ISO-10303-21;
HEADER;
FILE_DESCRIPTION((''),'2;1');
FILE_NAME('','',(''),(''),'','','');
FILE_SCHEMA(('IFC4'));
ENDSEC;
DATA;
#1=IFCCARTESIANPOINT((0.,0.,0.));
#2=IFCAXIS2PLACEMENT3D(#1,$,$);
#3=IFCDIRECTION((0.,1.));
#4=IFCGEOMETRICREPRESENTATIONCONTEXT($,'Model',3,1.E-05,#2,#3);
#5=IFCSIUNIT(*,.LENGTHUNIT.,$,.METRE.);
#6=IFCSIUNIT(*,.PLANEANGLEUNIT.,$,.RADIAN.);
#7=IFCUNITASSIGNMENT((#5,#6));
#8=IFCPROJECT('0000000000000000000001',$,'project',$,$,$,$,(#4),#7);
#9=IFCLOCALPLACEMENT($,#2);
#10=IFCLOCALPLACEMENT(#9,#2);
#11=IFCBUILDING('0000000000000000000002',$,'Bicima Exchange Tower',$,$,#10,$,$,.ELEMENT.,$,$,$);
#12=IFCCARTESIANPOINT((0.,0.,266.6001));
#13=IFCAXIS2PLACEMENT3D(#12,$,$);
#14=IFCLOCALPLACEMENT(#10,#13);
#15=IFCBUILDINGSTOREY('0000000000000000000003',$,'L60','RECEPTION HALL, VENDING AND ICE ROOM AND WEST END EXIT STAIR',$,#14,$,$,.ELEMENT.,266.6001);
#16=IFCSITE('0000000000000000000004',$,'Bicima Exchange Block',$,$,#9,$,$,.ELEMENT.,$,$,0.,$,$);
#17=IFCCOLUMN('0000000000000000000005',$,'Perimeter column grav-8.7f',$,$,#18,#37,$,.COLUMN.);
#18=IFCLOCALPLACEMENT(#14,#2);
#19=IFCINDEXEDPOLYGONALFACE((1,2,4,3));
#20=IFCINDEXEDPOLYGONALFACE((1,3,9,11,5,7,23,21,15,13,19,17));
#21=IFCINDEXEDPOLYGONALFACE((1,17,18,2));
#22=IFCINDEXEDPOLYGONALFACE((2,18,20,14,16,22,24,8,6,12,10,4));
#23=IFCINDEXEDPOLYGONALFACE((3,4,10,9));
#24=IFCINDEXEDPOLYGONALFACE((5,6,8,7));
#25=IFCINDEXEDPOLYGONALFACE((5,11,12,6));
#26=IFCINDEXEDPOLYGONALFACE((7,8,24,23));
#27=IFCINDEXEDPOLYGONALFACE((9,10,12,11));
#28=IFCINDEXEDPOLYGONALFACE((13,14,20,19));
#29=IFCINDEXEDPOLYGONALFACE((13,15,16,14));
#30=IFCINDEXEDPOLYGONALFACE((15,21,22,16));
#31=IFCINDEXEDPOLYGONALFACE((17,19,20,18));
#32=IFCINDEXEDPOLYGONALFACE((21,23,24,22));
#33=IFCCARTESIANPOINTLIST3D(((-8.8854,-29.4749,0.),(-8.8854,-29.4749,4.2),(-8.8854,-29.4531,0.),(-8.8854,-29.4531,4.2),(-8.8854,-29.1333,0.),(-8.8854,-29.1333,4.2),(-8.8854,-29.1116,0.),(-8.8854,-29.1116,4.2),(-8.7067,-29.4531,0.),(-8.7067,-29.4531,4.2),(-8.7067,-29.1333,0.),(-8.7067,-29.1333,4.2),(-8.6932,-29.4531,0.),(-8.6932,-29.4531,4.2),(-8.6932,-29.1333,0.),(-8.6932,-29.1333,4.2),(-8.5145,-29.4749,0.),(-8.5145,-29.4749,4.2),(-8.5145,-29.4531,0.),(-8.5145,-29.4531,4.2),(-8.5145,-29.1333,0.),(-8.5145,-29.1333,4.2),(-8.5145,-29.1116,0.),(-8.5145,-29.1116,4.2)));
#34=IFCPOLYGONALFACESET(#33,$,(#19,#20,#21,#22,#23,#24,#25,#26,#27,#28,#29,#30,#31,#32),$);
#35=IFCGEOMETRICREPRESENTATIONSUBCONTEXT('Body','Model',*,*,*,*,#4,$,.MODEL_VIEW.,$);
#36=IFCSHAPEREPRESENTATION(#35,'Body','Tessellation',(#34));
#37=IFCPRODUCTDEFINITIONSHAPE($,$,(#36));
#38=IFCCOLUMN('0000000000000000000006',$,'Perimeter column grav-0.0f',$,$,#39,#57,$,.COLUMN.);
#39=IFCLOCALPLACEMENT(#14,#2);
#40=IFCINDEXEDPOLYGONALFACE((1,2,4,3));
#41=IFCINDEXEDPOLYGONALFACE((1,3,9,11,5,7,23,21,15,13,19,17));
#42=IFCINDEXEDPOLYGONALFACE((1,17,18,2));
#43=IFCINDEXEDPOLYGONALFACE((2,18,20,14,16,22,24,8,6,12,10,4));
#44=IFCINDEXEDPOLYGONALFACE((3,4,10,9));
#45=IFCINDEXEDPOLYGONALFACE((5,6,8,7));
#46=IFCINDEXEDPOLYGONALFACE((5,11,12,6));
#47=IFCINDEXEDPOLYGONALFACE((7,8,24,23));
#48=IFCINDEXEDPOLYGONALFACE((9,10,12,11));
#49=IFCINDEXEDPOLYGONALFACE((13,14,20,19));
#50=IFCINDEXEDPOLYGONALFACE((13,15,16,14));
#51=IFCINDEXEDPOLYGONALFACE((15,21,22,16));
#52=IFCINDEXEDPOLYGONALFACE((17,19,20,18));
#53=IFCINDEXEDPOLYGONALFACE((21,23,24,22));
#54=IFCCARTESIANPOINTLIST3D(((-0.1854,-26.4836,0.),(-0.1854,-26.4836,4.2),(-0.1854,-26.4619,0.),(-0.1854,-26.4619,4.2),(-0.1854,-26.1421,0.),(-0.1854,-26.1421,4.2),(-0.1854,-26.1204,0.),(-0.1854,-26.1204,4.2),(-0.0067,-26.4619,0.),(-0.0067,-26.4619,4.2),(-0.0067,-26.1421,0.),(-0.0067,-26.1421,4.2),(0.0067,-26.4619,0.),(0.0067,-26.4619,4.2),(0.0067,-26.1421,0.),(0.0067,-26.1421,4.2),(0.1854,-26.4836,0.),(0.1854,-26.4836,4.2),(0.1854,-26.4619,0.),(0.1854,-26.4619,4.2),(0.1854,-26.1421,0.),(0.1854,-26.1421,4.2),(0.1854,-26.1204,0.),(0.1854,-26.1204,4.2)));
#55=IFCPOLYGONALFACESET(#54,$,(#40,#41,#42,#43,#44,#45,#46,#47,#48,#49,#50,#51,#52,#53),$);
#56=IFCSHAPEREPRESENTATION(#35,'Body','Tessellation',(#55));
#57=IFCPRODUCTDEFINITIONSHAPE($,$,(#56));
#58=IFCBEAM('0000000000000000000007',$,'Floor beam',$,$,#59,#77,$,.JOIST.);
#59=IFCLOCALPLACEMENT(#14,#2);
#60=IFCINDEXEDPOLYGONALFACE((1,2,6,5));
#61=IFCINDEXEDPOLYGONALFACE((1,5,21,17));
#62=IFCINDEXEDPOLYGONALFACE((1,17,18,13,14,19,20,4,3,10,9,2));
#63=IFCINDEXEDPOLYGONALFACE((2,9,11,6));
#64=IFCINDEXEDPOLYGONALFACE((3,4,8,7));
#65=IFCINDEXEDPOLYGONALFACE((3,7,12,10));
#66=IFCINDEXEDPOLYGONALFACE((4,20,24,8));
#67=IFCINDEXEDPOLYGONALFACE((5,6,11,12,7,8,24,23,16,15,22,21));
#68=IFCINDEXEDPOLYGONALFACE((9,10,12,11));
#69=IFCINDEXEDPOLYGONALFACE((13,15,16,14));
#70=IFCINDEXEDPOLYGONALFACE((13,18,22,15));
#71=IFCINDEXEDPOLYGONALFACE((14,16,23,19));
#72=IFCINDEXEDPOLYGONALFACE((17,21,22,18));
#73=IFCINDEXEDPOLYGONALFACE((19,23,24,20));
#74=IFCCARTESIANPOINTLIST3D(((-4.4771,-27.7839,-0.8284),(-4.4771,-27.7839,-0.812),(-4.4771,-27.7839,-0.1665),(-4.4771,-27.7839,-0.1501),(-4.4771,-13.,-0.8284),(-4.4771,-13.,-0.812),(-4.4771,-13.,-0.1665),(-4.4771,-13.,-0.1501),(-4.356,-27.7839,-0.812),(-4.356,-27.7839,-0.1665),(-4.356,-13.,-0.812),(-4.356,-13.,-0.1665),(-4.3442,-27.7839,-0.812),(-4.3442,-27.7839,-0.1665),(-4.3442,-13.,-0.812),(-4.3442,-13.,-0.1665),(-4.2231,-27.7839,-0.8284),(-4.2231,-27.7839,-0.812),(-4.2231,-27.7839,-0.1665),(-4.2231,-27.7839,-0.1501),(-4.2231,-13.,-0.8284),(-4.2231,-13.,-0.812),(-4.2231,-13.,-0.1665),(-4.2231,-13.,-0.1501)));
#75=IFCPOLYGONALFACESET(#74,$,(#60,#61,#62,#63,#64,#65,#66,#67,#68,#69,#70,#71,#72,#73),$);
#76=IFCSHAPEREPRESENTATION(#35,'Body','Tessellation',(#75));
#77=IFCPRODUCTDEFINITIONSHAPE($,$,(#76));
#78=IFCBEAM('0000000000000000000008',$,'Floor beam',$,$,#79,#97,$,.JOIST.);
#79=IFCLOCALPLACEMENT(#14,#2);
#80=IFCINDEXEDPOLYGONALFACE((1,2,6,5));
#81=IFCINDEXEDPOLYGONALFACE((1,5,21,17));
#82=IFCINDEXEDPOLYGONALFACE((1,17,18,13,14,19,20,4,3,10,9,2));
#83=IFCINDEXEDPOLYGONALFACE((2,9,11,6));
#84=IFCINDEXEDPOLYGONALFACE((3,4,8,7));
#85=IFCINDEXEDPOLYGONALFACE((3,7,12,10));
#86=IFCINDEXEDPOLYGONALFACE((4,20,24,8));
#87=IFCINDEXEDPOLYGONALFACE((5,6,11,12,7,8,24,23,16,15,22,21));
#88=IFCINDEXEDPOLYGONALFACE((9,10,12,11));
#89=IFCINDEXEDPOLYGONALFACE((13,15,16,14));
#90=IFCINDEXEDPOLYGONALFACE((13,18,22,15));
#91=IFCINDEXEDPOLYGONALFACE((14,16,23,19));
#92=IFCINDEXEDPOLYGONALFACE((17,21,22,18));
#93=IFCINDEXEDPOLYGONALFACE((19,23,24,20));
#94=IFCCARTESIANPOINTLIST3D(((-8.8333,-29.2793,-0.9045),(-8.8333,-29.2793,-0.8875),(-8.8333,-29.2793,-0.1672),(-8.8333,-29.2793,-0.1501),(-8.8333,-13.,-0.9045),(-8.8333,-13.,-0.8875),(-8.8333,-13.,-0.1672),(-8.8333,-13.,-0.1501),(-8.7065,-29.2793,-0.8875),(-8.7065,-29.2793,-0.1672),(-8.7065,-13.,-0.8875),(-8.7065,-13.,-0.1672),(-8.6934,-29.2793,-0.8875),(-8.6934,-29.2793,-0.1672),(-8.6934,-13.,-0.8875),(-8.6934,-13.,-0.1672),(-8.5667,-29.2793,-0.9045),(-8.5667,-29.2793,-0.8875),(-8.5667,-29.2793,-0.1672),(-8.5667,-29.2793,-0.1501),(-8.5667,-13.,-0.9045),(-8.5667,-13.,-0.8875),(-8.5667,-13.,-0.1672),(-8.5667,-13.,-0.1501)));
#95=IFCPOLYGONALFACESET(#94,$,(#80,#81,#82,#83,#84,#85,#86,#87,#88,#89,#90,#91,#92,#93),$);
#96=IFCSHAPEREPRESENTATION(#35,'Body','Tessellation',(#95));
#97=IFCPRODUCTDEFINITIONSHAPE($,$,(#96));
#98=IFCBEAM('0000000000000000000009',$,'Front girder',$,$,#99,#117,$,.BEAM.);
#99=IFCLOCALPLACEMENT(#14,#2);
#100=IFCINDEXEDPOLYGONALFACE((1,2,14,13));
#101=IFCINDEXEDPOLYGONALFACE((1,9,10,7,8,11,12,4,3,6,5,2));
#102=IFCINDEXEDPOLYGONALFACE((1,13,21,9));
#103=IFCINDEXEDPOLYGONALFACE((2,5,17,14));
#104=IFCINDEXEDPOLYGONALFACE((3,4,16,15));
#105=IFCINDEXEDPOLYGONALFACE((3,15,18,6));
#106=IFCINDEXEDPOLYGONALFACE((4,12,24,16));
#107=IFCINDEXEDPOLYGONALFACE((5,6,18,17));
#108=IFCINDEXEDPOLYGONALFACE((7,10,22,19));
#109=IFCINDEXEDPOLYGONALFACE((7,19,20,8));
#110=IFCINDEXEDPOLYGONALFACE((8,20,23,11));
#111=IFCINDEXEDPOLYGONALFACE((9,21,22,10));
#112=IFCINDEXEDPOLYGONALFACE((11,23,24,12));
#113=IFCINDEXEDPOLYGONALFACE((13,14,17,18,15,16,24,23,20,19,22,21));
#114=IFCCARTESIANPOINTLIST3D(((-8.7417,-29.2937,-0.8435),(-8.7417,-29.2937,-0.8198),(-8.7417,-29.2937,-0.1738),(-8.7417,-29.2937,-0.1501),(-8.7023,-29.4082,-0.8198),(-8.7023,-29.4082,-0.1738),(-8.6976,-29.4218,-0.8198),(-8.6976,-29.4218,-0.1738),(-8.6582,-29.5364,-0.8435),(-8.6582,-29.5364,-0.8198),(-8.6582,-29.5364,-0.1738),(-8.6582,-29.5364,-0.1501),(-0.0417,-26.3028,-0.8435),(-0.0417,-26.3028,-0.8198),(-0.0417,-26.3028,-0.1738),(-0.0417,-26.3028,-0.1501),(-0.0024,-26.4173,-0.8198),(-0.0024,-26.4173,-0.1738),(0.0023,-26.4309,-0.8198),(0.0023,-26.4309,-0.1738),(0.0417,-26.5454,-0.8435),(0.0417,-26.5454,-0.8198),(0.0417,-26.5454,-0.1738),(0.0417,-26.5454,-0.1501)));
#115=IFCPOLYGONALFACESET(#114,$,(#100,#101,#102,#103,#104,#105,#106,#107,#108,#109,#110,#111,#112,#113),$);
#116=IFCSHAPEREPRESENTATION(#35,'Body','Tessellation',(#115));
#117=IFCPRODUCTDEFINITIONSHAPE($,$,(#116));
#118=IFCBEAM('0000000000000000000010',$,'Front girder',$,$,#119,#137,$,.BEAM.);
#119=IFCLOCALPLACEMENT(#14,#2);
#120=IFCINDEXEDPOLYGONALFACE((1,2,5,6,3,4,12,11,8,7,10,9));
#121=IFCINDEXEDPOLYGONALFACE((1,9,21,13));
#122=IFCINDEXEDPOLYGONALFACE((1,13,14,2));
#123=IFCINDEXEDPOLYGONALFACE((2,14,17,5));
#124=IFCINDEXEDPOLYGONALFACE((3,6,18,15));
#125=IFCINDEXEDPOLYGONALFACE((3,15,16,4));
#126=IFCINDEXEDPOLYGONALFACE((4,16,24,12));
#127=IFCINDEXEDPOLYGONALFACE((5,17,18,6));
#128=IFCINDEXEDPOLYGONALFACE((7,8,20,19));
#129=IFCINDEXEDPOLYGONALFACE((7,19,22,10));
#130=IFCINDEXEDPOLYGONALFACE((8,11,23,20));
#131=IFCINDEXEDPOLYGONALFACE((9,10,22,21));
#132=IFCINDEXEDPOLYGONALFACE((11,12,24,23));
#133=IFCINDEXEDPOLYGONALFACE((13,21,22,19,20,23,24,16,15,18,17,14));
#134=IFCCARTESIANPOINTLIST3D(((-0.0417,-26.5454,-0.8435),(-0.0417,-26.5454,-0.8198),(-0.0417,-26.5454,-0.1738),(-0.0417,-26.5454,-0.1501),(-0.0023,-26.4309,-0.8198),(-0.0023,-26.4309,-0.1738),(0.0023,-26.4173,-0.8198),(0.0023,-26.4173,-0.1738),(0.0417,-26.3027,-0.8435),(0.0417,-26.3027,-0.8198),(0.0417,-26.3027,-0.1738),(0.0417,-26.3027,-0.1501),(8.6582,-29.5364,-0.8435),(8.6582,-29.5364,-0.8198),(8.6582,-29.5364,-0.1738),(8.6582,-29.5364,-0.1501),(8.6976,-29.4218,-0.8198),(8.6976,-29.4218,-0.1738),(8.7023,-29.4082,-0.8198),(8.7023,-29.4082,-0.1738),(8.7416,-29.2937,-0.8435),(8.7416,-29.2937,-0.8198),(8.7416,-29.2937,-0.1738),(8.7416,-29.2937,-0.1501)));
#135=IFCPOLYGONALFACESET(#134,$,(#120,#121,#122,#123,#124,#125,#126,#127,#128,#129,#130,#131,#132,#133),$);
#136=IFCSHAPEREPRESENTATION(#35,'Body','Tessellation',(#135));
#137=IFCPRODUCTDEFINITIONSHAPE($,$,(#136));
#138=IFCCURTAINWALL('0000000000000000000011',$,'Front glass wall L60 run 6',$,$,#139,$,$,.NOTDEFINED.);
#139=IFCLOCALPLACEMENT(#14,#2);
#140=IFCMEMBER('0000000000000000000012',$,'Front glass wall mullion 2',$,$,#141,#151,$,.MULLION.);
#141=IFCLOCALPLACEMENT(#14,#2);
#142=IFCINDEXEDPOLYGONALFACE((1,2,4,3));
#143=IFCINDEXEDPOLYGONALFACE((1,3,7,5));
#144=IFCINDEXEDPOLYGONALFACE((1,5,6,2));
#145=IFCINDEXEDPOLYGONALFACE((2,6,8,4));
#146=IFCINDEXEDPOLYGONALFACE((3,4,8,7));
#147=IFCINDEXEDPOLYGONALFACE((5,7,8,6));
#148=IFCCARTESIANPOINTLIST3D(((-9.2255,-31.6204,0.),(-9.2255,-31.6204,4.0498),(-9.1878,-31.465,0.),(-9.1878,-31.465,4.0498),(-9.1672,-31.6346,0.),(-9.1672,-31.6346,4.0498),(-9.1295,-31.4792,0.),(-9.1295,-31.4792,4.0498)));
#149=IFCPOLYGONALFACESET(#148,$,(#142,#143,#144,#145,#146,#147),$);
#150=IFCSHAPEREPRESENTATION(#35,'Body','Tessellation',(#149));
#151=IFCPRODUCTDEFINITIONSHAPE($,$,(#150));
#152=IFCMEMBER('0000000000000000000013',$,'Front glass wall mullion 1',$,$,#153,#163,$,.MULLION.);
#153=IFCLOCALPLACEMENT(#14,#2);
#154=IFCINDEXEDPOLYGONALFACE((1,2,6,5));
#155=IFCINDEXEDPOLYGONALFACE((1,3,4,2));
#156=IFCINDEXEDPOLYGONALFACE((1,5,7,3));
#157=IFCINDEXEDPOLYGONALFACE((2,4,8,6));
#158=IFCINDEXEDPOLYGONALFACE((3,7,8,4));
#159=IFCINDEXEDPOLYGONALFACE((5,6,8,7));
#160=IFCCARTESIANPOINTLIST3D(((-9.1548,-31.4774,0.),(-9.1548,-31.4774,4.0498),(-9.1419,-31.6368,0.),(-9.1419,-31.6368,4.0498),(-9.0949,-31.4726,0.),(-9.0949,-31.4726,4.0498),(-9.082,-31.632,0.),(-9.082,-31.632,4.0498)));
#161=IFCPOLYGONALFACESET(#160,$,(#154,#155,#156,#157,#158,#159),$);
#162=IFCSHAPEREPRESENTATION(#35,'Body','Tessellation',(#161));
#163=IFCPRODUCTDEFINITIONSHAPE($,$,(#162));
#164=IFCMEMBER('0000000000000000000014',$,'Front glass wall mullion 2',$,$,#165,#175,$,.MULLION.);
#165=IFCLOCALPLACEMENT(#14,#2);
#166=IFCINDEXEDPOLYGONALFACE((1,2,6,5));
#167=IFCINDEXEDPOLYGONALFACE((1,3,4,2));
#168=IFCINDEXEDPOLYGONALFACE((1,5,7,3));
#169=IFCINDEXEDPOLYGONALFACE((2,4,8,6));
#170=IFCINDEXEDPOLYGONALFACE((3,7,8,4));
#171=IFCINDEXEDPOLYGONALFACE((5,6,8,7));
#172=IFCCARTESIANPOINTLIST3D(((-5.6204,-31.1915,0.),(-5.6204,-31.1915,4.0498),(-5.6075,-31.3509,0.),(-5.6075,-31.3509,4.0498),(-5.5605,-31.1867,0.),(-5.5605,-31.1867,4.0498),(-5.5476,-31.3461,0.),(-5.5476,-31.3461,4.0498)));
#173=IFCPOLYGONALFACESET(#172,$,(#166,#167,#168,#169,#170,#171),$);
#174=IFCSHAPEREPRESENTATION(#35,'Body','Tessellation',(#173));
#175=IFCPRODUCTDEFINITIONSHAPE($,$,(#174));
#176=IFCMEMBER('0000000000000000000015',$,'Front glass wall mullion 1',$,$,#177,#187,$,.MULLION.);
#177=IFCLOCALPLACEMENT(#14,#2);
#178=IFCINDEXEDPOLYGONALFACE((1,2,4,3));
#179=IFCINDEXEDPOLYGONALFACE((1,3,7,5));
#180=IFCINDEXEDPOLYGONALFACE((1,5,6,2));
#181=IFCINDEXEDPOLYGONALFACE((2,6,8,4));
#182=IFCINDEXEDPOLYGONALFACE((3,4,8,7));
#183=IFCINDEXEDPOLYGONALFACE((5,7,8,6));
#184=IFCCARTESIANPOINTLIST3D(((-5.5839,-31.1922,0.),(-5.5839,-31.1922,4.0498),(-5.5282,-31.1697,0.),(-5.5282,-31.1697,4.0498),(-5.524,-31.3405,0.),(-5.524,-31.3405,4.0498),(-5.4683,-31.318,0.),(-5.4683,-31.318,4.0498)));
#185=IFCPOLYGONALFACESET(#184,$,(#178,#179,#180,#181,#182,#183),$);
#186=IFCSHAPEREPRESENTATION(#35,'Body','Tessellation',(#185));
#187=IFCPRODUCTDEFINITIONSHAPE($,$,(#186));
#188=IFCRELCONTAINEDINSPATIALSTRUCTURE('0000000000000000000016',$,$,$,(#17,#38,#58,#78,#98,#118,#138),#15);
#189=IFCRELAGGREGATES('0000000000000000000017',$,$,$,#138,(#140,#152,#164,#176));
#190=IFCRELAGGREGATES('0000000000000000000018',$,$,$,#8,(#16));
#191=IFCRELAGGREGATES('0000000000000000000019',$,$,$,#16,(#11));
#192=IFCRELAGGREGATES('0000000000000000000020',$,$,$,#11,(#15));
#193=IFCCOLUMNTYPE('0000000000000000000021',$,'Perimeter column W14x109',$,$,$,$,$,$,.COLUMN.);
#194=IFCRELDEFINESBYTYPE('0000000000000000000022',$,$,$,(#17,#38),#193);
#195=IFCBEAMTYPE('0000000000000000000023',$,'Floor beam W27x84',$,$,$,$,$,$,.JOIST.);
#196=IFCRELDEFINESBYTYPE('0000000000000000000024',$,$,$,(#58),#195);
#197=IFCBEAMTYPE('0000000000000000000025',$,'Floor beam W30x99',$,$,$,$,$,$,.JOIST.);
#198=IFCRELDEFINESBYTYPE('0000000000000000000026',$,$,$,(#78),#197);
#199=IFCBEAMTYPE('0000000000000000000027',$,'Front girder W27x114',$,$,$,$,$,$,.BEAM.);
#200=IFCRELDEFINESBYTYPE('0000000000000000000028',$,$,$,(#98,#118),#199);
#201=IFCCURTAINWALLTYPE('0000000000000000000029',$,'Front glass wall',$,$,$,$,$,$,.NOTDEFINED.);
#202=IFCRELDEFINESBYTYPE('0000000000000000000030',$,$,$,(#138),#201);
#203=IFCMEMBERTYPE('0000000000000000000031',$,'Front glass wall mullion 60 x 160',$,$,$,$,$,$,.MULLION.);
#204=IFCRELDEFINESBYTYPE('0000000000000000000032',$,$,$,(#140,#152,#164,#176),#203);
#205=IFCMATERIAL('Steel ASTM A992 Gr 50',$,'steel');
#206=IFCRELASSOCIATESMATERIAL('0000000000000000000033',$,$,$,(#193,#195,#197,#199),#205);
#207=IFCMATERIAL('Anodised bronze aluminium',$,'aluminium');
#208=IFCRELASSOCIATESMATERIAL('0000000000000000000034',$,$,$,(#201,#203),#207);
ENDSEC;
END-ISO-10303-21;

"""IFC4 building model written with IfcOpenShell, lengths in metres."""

from ifc_helpers import new_model, si_unit, direction, frame, origin, origin_2d, place, context, subcontext, project, spatial, rectangle, i_section, extrude, material, material_profile, profile_set, type_object, element, aggregate, save


model = new_model("IFC4")

# Units and contexts
model_context = context("Model", 3, precision=1e-05, world=origin(), true_north=direction((0.0, 1.0)))
body_context = subcontext(model_context, "Body", "Model", "MODEL_VIEW")
ifc_project = project(units=[si_unit("LENGTHUNIT", "METRE"), si_unit("PLANEANGLEUNIT", "RADIAN")], contexts=[model_context])

# Site, building, storey
site_placement = place(None, origin())
site = spatial("IfcSite", under=ifc_project, at=site_placement, Name="Bicima Exchange Block", CompositionType="ELEMENT", RefElevation=0.0)
building_placement = place(site_placement, origin())
building = spatial("IfcBuilding", under=site, at=building_placement, Name="Bicima Exchange Tower", CompositionType="ELEMENT")
storey_placement = place(building_placement, frame((0.0, 0.0, 266.6001)))
storey = spatial("IfcBuildingStorey", under=building, at=storey_placement, Name="L60", Description="RECEPTION HALL, VENDING AND ICE ROOM AND WEST END EXIT STAIR", CompositionType="ELEMENT", Elevation=266.6001)

# Columns
ifc_material_1 = material(Name="Steel ASTM A992 Gr 50", Category="steel")
ifc_material_profile_1 = material_profile(ifc_material_1, i_section(OverallWidth=0.3708, OverallDepth=0.3633, WebThickness=0.0134, FlangeThickness=0.0217, at=origin_2d()))
ifc_profile_set_1 = profile_set([ifc_material_profile_1], Name="Steel ASTM A992 Gr 50")
column_type = type_object("IfcColumnType", Name="Perimeter column W14x109", PredefinedType="COLUMN", material=ifc_profile_set_1)
for number, where, z_axis, x_axis, name in (
    (1, (-8.7, -29.2932, 0.0), (0.0, 0.0, 1.0), (1.0, 0.0, 0.0), "Perimeter column grav-8.7f"),
    (2, (0.0, -26.302, 0.0), (0.0, 0.0, 1.0), (1.0, 0.0, 0.0), "Perimeter column grav-0.0f"),
):
    element("IfcColumn", number, at=place(storey_placement, frame(where, z_axis=z_axis, x_axis=x_axis)), inside=storey, type_object=column_type, Name=name, PredefinedType="COLUMN", context=body_context, shape_type="SweptSolid", body=[
        extrude(i_section(OverallWidth=0.3708, OverallDepth=0.3633, WebThickness=0.0134, FlangeThickness=0.0217, at=origin_2d()), origin(), (0.0, 0.0, 1.0), 4.2),
    ])

# Beams
ifc_material_profile_2 = material_profile(ifc_material_1, i_section(OverallWidth=0.2539, OverallDepth=0.6782, WebThickness=0.0117, FlangeThickness=0.0164, at=origin_2d()))
ifc_profile_set_2 = profile_set([ifc_material_profile_2], Name="Steel ASTM A992 Gr 50")
beam_type_1 = type_object("IfcBeamType", Name="Floor beam W27x84", PredefinedType="JOIST", material=ifc_profile_set_2)
beam_1_placement = place(storey_placement, frame((-4.3501, -13.0, -0.4893), z_axis=(0.0, -1.0, 0.0), x_axis=(1.0, 0.0, 0.0)))
element("IfcBeam", 3, at=beam_1_placement, inside=storey, type_object=beam_type_1, Name="Floor beam", PredefinedType="JOIST", context=body_context, shape_type="SweptSolid", body=[
    extrude(i_section(OverallWidth=0.2539, OverallDepth=0.6782, WebThickness=0.0117, FlangeThickness=0.0164, at=origin_2d()), origin(), (0.0, 0.0, 1.0), 14.7839),
])
ifc_material_profile_3 = material_profile(ifc_material_1, i_section(OverallWidth=0.2666, OverallDepth=0.7544, WebThickness=0.0132, FlangeThickness=0.0171, at=origin_2d()))
ifc_profile_set_3 = profile_set([ifc_material_profile_3], Name="Steel ASTM A992 Gr 50")
beam_type_2 = type_object("IfcBeamType", Name="Floor beam W30x99", PredefinedType="JOIST", material=ifc_profile_set_3)
beam_2_placement = place(storey_placement, frame((-8.7, -13.0, -0.5273), z_axis=(0.0, -1.0, 0.0), x_axis=(1.0, 0.0, 0.0)))
element("IfcBeam", 4, at=beam_2_placement, inside=storey, type_object=beam_type_2, Name="Floor beam", PredefinedType="JOIST", context=body_context, shape_type="SweptSolid", body=[
    extrude(i_section(OverallWidth=0.2666, OverallDepth=0.7544, WebThickness=0.0132, FlangeThickness=0.0171, at=origin_2d()), origin(), (0.0, 0.0, 1.0), 16.2793),
])
ifc_material_profile_4 = material_profile(ifc_material_1, i_section(OverallWidth=0.2566, OverallDepth=0.6934, WebThickness=0.0144, FlangeThickness=0.0237, at=origin_2d()))
ifc_profile_set_4 = profile_set([ifc_material_profile_4], Name="Steel ASTM A992 Gr 50")
beam_type_3 = type_object("IfcBeamType", Name="Front girder W27x114", PredefinedType="BEAM", material=ifc_profile_set_4)
for number, where, z_axis, x_axis, name in (
    (5, (-8.7, -29.415, -0.4968), (0.945675, 0.325115, 0.0), (-0.325115, 0.945675, 0.0), "Front girder"),
    (6, (0.0, -26.4241, -0.4968), (0.945675, -0.325115, 0.0), (0.325115, 0.945675, 0.0), "Front girder"),
):
    element("IfcBeam", number, at=place(storey_placement, frame(where, z_axis=z_axis, x_axis=x_axis)), inside=storey, type_object=beam_type_3, Name=name, PredefinedType="BEAM", context=body_context, shape_type="SweptSolid", body=[
        extrude(i_section(OverallWidth=0.2566, OverallDepth=0.6934, WebThickness=0.0144, FlangeThickness=0.0237, at=origin_2d()), origin(), (0.0, 0.0, 1.0), 9.1997),
    ])

# Curtain wall, members
ifc_material_2 = material(Name="Anodised bronze aluminium", Category="aluminium")
curtain_wall_type = type_object("IfcCurtainWallType", Name="Front glass wall", PredefinedType="NOTDEFINED", material=ifc_material_2)
curtain_wall_placement = place(storey_placement, origin())
curtain_wall = element("IfcCurtainWall", 7, at=curtain_wall_placement, inside=storey, type_object=curtain_wall_type, Name="Front glass wall L60 run 6", PredefinedType="NOTDEFINED")
ifc_material_profile_5 = material_profile(ifc_material_2, rectangle(XDim=0.1599, YDim=0.0601, at=origin_2d()))
ifc_profile_set_5 = profile_set([ifc_material_profile_5], Name="Anodised bronze aluminium")
member_type_1 = type_object("IfcMemberType", Name="Front glass wall mullion 60 x 160", PredefinedType="MULLION", material=ifc_profile_set_5)
member_1_placement = place(storey_placement, frame((-9.1775, -31.5498, 0.0), z_axis=(0.0, 0.0, 1.0), x_axis=(0.235682, 0.97183, 0.0)))
member_1 = element("IfcMember", 8, at=member_1_placement, type_object=member_type_1, Name="Front glass wall mullion 2", PredefinedType="MULLION", context=body_context, shape_type="SweptSolid", body=[
    extrude(rectangle(XDim=0.1599, YDim=0.0601, at=origin_2d()), origin(), (0.0, 0.0, 1.0), 4.0498),
])
member_2_placement = place(storey_placement, frame((-9.1184, -31.5547, 0.0), z_axis=(0.0, 0.0, 1.0), x_axis=(-0.080589, 0.996747, 0.0)))
member_2 = element("IfcMember", 9, at=member_2_placement, type_object=member_type_1, Name="Front glass wall mullion 1", PredefinedType="MULLION", context=body_context, shape_type="SweptSolid", body=[
    extrude(rectangle(XDim=0.1599, YDim=0.0601, at=origin_2d()), origin(), (0.0, 0.0, 1.0), 4.0498),
])
member_3_placement = place(storey_placement, frame((-5.584, -31.2688, 0.0), z_axis=(0.0, 0.0, 1.0), x_axis=(-0.080589, 0.996747, 0.0)))
member_3 = element("IfcMember", 10, at=member_3_placement, type_object=member_type_1, Name="Front glass wall mullion 2", PredefinedType="MULLION", context=body_context, shape_type="SweptSolid", body=[
    extrude(rectangle(XDim=0.1599, YDim=0.0601, at=origin_2d()), origin(), (0.0, 0.0, 1.0), 4.0498),
])
member_4_placement = place(storey_placement, frame((-5.5261, -31.2551, 0.0), z_axis=(0.0, 0.0, 1.0), x_axis=(-0.374705, 0.927144, 0.0)))
member_4 = element("IfcMember", 11, at=member_4_placement, type_object=member_type_1, Name="Front glass wall mullion 1", PredefinedType="MULLION", context=body_context, shape_type="SweptSolid", body=[
    extrude(rectangle(XDim=0.1599, YDim=0.0601, at=origin_2d()), origin(), (0.0, 0.0, 1.0), 4.0498),
])
aggregate(curtain_wall, [member_1, member_2, member_3, member_4])

save(model, "model.ifc")
